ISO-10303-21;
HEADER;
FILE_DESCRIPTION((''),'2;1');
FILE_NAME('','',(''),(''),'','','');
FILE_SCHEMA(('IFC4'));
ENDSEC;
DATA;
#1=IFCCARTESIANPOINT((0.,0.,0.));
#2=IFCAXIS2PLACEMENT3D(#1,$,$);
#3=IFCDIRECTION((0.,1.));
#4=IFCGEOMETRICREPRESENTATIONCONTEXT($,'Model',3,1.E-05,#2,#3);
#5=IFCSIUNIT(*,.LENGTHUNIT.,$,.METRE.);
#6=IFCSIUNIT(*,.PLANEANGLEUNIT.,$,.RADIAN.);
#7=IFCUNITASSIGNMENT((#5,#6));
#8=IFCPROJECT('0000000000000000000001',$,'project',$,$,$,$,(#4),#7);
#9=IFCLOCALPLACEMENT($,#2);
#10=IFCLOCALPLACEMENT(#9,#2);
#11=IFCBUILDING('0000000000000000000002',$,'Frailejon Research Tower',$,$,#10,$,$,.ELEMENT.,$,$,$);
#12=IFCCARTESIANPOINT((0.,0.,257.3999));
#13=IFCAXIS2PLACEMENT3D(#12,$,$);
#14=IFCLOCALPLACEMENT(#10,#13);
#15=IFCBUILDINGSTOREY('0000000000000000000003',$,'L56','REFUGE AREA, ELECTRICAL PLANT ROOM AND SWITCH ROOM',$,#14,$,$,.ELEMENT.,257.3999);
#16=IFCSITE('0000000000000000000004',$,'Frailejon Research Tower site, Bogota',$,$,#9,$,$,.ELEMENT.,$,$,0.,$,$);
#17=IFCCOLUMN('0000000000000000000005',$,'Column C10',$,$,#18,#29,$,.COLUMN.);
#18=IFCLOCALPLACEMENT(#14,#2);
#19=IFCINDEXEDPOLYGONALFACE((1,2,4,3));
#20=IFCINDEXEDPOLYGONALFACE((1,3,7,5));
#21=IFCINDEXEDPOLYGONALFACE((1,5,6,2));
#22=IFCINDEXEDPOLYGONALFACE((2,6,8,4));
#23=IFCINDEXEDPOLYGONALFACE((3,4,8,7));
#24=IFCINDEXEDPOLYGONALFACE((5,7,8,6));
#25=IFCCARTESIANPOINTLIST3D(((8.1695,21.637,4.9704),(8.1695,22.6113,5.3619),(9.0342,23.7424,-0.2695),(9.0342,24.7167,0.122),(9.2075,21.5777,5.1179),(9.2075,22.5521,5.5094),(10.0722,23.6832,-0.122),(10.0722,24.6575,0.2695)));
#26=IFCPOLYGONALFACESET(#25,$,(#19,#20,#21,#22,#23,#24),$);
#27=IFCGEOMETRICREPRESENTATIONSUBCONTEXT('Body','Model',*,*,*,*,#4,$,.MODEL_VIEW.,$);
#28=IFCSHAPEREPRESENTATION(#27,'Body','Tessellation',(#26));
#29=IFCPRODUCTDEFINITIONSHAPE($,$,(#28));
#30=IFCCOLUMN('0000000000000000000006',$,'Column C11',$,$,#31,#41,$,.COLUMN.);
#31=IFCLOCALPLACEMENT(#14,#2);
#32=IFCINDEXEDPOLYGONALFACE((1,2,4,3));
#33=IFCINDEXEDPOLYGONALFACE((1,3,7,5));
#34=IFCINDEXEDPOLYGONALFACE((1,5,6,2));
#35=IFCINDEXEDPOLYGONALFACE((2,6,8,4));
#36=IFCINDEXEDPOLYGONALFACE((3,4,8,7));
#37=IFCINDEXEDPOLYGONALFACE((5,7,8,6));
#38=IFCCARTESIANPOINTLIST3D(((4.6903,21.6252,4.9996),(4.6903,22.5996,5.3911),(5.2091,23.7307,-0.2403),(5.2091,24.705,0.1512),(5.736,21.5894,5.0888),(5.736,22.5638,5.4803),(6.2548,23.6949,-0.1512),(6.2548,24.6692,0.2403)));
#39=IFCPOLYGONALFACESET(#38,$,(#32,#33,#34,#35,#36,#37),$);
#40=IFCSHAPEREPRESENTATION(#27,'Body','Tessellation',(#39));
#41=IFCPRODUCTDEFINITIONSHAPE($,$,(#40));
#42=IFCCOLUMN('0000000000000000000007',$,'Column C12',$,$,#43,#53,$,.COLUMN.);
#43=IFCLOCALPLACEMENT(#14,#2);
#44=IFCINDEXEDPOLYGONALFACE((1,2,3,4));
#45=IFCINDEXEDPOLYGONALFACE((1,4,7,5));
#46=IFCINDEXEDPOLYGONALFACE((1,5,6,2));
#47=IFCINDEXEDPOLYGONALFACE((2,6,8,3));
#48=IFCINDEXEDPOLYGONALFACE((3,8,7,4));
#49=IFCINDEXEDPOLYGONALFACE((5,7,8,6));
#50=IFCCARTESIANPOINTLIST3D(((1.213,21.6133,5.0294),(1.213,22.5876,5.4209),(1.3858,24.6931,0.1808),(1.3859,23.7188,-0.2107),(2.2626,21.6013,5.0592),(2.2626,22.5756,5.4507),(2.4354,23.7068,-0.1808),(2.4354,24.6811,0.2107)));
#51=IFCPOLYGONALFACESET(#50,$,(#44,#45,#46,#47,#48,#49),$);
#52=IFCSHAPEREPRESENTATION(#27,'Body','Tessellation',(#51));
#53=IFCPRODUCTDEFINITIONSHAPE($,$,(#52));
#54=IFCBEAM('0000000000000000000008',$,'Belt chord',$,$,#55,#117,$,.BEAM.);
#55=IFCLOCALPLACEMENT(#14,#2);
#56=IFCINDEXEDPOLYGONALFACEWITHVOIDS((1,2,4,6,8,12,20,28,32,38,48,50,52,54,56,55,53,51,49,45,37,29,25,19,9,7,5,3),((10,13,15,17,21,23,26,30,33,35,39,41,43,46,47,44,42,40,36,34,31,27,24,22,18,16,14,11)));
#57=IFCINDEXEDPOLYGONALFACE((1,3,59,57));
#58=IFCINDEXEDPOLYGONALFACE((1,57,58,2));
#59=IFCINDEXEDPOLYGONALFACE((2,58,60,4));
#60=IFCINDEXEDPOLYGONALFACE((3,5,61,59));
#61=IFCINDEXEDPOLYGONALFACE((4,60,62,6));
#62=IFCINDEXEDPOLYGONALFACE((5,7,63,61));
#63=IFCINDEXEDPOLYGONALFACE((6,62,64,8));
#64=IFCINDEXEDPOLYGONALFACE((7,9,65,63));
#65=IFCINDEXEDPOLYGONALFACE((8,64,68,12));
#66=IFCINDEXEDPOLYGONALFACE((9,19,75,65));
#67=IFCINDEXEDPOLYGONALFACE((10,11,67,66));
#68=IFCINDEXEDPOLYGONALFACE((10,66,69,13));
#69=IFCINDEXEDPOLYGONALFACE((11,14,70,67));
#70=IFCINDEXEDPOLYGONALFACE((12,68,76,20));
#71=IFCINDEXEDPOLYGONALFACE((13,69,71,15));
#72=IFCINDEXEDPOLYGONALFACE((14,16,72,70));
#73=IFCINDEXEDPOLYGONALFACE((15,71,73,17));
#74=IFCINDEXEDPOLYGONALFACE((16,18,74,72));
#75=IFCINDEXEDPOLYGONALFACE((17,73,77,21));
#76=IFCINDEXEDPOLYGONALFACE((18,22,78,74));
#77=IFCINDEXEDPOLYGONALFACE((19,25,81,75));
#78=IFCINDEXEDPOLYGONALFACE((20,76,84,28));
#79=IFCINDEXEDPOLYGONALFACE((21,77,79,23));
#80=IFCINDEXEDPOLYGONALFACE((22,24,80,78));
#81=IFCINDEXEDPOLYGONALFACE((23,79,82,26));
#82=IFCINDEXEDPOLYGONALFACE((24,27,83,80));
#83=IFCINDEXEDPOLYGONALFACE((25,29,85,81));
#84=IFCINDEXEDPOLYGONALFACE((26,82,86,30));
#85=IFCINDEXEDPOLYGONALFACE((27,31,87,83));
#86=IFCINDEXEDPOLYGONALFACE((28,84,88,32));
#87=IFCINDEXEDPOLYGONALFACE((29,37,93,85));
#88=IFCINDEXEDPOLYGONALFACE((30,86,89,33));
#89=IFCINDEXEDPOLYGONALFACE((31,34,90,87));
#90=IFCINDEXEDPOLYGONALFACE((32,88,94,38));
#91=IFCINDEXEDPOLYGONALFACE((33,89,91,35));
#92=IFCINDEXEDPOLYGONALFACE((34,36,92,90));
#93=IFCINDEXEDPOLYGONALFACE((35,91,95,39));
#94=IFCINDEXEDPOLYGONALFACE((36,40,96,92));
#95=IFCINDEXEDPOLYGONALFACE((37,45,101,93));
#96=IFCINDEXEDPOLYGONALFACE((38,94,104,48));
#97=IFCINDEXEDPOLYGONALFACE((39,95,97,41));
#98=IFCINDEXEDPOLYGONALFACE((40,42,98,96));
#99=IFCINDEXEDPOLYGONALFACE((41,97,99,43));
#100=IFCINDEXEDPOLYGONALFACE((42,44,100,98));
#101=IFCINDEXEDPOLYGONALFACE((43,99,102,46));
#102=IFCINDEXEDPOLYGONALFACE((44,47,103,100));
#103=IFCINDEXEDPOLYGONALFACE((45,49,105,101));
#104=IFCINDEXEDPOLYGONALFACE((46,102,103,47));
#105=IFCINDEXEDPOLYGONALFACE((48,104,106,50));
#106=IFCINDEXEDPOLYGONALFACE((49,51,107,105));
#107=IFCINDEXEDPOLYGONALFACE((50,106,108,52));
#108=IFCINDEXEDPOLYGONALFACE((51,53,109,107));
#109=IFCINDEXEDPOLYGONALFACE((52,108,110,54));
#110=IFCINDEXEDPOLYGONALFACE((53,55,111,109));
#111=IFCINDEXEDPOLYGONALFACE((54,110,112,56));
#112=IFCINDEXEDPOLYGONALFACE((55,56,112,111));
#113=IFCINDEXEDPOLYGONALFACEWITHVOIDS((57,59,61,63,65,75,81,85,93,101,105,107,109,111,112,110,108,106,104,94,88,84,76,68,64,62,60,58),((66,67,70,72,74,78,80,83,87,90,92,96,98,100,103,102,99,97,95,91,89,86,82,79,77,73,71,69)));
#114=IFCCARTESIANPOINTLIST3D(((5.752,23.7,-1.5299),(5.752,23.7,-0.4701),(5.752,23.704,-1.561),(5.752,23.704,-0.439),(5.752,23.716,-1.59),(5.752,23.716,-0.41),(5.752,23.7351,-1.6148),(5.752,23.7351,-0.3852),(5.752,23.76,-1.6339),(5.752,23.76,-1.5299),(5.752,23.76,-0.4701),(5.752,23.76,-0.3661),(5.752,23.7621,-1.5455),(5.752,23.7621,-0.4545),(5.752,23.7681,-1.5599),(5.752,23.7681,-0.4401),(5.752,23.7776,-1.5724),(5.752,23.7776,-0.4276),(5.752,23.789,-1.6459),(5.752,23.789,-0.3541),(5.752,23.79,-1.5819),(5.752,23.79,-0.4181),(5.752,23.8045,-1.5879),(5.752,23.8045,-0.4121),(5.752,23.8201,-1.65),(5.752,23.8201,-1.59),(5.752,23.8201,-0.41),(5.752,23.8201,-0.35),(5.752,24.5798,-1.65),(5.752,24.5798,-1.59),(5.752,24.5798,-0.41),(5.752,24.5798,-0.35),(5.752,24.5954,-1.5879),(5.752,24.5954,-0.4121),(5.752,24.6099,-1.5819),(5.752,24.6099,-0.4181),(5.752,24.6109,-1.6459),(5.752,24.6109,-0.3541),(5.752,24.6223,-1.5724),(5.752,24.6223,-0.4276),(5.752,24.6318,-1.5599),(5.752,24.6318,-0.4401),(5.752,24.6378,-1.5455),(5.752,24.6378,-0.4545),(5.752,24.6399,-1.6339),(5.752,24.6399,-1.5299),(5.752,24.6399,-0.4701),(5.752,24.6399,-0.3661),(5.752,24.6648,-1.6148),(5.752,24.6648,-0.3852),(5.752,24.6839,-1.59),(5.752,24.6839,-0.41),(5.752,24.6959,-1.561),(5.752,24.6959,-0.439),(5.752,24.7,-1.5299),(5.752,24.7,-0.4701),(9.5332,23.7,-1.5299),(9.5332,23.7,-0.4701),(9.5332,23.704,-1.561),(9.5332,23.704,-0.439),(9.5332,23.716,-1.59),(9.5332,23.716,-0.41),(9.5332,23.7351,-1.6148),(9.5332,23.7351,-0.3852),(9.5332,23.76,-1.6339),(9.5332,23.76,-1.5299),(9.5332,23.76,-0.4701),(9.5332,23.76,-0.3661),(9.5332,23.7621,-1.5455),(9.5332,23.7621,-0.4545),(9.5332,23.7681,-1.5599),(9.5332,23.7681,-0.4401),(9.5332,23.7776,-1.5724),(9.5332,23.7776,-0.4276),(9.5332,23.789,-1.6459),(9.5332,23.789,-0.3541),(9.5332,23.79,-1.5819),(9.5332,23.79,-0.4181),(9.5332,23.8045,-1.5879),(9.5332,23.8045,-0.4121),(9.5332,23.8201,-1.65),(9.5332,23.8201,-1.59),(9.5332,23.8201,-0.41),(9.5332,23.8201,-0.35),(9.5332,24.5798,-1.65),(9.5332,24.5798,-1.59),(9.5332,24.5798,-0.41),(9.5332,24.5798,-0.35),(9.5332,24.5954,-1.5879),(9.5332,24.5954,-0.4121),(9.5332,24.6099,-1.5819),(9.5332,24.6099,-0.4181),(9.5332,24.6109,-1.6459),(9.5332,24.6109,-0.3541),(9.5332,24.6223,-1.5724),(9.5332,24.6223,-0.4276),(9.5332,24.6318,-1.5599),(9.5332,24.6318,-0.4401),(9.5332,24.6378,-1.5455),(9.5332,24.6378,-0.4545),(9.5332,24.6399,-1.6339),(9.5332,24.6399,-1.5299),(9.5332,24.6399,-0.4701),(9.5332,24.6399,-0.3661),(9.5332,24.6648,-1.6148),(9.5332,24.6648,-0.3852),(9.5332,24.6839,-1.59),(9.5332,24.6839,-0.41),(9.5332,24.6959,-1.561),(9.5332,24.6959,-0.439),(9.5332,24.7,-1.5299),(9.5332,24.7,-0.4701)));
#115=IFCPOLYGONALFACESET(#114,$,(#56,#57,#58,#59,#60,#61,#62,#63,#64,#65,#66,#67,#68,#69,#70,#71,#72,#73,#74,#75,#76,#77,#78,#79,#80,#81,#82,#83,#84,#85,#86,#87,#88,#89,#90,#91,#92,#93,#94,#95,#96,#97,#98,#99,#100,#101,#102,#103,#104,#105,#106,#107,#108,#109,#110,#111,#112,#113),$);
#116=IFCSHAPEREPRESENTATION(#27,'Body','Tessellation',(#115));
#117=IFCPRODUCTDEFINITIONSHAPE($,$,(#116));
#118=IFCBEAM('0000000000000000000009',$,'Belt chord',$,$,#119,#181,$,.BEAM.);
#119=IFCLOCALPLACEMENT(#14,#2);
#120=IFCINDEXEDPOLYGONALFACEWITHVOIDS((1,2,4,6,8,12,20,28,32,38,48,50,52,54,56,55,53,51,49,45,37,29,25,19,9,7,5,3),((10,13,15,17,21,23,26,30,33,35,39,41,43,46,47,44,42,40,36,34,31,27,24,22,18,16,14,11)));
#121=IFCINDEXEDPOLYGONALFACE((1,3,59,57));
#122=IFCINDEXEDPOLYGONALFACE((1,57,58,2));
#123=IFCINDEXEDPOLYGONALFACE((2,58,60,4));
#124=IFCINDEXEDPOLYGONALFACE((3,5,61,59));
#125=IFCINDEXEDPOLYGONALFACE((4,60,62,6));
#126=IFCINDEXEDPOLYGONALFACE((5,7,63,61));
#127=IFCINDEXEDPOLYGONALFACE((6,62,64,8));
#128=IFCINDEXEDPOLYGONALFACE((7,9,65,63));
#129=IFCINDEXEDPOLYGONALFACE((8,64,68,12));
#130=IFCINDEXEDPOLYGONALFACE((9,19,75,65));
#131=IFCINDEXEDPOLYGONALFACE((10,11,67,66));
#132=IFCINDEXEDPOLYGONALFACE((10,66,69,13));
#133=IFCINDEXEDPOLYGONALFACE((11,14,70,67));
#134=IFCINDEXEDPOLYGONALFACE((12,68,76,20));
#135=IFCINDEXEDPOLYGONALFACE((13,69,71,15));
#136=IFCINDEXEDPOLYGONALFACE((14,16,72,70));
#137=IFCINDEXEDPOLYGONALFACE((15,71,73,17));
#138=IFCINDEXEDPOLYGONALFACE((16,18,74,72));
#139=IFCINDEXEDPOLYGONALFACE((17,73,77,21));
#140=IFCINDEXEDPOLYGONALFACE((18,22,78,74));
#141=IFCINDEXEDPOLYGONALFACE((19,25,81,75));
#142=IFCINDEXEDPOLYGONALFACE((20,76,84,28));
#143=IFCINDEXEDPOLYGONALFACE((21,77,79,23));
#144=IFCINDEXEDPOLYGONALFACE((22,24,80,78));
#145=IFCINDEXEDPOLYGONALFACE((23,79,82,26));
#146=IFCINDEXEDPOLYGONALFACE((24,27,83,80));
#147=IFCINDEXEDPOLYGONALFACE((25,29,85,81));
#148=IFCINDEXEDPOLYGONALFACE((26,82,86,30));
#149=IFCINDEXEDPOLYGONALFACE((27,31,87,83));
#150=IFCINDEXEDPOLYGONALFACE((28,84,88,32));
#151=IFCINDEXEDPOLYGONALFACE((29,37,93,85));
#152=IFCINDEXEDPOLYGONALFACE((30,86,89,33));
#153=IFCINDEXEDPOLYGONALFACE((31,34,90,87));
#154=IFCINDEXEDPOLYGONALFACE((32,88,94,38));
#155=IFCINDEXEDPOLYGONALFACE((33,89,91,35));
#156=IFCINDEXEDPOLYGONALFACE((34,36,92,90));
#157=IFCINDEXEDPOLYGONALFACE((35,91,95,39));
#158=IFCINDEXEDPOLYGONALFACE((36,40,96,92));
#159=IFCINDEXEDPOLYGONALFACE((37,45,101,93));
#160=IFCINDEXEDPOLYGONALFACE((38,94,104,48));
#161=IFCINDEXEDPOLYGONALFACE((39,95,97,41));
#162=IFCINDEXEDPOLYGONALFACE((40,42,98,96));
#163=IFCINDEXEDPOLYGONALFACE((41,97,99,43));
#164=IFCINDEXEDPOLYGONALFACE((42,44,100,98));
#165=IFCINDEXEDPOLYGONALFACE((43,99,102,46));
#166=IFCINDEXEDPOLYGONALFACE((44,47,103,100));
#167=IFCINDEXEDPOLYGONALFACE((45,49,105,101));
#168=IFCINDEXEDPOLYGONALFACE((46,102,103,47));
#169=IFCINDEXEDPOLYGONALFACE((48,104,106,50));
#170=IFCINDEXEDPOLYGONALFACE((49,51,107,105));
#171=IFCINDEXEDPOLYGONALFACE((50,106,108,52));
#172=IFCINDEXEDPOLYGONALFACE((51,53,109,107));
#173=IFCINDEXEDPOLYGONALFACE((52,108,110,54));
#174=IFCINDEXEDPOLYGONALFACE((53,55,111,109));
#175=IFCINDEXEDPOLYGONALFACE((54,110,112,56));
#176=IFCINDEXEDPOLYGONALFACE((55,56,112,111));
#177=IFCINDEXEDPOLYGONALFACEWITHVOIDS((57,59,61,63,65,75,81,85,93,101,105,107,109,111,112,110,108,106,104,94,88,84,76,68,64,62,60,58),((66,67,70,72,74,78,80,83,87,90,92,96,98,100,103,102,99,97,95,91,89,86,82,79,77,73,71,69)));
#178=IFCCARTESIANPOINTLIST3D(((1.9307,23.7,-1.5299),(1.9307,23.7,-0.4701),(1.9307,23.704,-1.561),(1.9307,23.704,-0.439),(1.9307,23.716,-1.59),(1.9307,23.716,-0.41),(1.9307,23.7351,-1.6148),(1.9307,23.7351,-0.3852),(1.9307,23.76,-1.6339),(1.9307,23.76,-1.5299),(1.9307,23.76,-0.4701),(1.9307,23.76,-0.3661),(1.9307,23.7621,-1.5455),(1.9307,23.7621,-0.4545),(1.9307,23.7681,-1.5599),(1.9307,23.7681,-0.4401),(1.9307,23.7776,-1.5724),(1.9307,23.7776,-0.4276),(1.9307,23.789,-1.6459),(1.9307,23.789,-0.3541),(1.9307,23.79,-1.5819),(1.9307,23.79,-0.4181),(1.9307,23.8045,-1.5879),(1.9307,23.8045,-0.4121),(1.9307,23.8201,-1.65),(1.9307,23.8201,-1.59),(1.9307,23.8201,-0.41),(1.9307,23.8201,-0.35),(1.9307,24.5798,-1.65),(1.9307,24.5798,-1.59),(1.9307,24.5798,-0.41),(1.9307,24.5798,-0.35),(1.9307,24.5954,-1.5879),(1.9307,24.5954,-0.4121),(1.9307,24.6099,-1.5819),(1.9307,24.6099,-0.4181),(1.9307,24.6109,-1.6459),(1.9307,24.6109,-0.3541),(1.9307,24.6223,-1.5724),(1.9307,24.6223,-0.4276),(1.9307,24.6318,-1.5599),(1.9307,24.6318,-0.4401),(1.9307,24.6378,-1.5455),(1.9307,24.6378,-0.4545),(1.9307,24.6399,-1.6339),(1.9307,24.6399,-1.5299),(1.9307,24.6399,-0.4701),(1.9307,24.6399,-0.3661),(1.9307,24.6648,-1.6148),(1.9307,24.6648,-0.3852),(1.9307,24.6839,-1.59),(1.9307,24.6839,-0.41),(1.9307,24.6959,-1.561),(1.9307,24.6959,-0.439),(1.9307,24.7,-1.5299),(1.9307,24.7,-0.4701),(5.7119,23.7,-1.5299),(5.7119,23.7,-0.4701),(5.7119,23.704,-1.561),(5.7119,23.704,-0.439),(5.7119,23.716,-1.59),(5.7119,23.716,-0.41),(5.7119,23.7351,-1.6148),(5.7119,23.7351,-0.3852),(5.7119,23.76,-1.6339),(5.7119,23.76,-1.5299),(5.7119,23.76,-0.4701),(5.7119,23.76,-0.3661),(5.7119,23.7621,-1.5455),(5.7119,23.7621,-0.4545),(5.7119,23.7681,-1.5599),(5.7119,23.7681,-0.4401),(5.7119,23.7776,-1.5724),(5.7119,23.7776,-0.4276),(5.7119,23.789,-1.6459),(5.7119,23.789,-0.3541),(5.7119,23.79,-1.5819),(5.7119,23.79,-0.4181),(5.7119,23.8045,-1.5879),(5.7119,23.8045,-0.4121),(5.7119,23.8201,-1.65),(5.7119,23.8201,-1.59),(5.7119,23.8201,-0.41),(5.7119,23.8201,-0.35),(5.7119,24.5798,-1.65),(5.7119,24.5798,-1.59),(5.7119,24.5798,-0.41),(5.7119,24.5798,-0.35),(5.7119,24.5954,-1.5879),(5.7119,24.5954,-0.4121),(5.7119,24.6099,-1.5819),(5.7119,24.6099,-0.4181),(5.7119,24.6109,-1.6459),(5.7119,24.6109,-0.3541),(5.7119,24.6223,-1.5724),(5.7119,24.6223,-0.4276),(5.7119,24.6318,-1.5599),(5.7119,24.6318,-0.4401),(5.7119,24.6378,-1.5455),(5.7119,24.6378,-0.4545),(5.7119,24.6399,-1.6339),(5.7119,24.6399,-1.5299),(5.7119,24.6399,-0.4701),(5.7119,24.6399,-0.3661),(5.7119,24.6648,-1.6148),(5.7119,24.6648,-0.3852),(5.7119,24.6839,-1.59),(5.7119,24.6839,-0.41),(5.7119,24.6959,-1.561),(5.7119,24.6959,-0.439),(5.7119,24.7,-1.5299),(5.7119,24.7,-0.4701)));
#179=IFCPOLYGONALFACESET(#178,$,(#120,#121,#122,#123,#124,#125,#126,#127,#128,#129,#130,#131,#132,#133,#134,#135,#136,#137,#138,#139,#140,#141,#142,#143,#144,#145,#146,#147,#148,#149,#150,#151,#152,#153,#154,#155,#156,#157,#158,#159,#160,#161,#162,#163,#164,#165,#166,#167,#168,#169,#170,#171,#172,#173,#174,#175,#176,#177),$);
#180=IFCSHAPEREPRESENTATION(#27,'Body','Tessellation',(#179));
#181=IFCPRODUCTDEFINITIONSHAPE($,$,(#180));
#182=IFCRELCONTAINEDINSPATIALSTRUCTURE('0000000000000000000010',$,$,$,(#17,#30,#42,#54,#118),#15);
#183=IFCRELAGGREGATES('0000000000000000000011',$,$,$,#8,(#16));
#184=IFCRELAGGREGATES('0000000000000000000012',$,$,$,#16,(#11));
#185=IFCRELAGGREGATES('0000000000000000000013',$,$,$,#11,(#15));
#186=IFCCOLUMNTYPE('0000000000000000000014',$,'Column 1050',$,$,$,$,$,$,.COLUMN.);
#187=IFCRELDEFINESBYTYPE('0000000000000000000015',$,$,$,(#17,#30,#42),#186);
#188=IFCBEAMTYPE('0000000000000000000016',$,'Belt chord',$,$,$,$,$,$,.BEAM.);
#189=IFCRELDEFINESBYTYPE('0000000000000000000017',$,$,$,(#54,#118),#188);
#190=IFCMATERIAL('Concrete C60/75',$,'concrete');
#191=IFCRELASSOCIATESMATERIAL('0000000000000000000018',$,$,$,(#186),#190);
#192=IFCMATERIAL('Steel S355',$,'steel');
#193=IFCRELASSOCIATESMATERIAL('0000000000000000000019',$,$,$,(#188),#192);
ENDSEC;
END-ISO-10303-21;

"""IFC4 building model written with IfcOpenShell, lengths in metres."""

from ifc_helpers import new_model, si_unit, direction, frame, origin, origin_2d, place, context, subcontext, project, spatial, rectangle, hollow_rectangle, extrude, material, material_profile, profile_set, type_object, element, save


model = new_model("IFC4")

# Units and contexts
model_context = context("Model", 3, precision=1e-05, world=origin(), true_north=direction((0.0, 1.0)))
body_context = subcontext(model_context, "Body", "Model", "MODEL_VIEW")
ifc_project = project(units=[si_unit("LENGTHUNIT", "METRE"), si_unit("PLANEANGLEUNIT", "RADIAN")], contexts=[model_context])

# Site, building, storey
site_placement = place(None, origin())
site = spatial("IfcSite", under=ifc_project, at=site_placement, Name="Frailejon Research Tower site, Bogota", CompositionType="ELEMENT", RefElevation=0.0)
building_placement = place(site_placement, origin())
building = spatial("IfcBuilding", under=site, at=building_placement, Name="Frailejon Research Tower", CompositionType="ELEMENT")
storey_placement = place(building_placement, frame((0.0, 0.0, 257.3999)))
storey = spatial("IfcBuildingStorey", under=building, at=storey_placement, Name="L56", Description="REFUGE AREA, ELECTRICAL PLANT ROOM AND SWITCH ROOM", CompositionType="ELEMENT", Elevation=257.3999)

# Columns
ifc_material_1 = material(Name="Concrete C60/75", Category="concrete")
ifc_material_profile_1 = material_profile(ifc_material_1, rectangle(XDim=1.05, YDim=1.05, at=origin_2d()), Name="Column 1050")
ifc_profile_set_1 = profile_set([ifc_material_profile_1], Name="Concrete C60/75")
column_type = type_object("IfcColumnType", Name="Column 1050", PredefinedType="COLUMN", material=ifc_profile_set_1)
column_1_placement = place(storey_placement, frame((9.5532, 24.2, 0.0), z_axis=(-0.151365, -0.36854, 0.917206), x_axis=(-0.988478, 0.056434, -0.140451)))
element("IfcColumn", 1, at=column_1_placement, inside=storey, type_object=column_type, Name="Column C10", PredefinedType="COLUMN", context=body_context, shape_type="SweptSolid", body=[
    extrude(rectangle(XDim=1.05, YDim=1.05, at=origin_2d()), origin(), (0.0, 0.0, 1.0), 5.7129),
])
column_2_placement = place(storey_placement, frame((5.7319, 24.2, 0.0), z_axis=(-0.091484, -0.371273, 0.924006), x_axis=(-0.995807, 0.034111, -0.084886)))
element("IfcColumn", 2, at=column_2_placement, inside=storey, type_object=column_type, Name="Column C11", PredefinedType="COLUMN", context=body_context, shape_type="SweptSolid", body=[
    extrude(rectangle(XDim=1.05, YDim=1.05, at=origin_2d()), origin(), (0.0, 0.0, 1.0), 5.6709),
])
column_3_placement = place(storey_placement, frame((1.9106, 24.2, 0.0), z_axis=(-0.030594, -0.372662, 0.927463), x_axis=(-0.999532, 0.011374, -0.028401)))
element("IfcColumn", 3, at=column_3_placement, inside=storey, type_object=column_type, Name="Column C12", PredefinedType="COLUMN", context=body_context, shape_type="SweptSolid", body=[
    extrude(rectangle(XDim=1.05, YDim=1.05, at=origin_2d()), origin(), (0.0, 0.0, 1.0), 5.6499),
])

# Beams
ifc_material_2 = material(Name="Steel S355", Category="steel")
ifc_material_profile_2 = material_profile(ifc_material_2, hollow_rectangle(XDim=1.0, YDim=1.3, WallThickness=0.0601, InnerFilletRadius=0.0601, OuterFilletRadius=0.1201, at=origin_2d()), Name="Belt chord")
ifc_profile_set_2 = profile_set([ifc_material_profile_2], Name="Steel S355")
beam_type_1 = type_object("IfcBeamType", Name="Belt chord", PredefinedType="BEAM", material=ifc_profile_set_2)
for number, where, z_axis, x_axis, name in (
    (4, (9.5332, 24.2, -1.0), (-1.0, 0.0, 0.0), (0.0, -1.0, 0.0), "Belt chord"),
    (5, (5.7119, 24.2, -1.0), (-1.0, 0.0, 0.0), (0.0, -1.0, 0.0), "Belt chord"),
):
    element("IfcBeam", number, at=place(storey_placement, frame(where, z_axis=z_axis, x_axis=x_axis)), inside=storey, type_object=beam_type_1, Name=name, PredefinedType="BEAM", context=body_context, shape_type="SweptSolid", body=[
        extrude(hollow_rectangle(XDim=1.0, YDim=1.3, WallThickness=0.0601, InnerFilletRadius=0.0601, OuterFilletRadius=0.1201, at=origin_2d()), origin(), (0.0, 0.0, 1.0), 3.7812),
    ])

save(model, "model.ifc")
